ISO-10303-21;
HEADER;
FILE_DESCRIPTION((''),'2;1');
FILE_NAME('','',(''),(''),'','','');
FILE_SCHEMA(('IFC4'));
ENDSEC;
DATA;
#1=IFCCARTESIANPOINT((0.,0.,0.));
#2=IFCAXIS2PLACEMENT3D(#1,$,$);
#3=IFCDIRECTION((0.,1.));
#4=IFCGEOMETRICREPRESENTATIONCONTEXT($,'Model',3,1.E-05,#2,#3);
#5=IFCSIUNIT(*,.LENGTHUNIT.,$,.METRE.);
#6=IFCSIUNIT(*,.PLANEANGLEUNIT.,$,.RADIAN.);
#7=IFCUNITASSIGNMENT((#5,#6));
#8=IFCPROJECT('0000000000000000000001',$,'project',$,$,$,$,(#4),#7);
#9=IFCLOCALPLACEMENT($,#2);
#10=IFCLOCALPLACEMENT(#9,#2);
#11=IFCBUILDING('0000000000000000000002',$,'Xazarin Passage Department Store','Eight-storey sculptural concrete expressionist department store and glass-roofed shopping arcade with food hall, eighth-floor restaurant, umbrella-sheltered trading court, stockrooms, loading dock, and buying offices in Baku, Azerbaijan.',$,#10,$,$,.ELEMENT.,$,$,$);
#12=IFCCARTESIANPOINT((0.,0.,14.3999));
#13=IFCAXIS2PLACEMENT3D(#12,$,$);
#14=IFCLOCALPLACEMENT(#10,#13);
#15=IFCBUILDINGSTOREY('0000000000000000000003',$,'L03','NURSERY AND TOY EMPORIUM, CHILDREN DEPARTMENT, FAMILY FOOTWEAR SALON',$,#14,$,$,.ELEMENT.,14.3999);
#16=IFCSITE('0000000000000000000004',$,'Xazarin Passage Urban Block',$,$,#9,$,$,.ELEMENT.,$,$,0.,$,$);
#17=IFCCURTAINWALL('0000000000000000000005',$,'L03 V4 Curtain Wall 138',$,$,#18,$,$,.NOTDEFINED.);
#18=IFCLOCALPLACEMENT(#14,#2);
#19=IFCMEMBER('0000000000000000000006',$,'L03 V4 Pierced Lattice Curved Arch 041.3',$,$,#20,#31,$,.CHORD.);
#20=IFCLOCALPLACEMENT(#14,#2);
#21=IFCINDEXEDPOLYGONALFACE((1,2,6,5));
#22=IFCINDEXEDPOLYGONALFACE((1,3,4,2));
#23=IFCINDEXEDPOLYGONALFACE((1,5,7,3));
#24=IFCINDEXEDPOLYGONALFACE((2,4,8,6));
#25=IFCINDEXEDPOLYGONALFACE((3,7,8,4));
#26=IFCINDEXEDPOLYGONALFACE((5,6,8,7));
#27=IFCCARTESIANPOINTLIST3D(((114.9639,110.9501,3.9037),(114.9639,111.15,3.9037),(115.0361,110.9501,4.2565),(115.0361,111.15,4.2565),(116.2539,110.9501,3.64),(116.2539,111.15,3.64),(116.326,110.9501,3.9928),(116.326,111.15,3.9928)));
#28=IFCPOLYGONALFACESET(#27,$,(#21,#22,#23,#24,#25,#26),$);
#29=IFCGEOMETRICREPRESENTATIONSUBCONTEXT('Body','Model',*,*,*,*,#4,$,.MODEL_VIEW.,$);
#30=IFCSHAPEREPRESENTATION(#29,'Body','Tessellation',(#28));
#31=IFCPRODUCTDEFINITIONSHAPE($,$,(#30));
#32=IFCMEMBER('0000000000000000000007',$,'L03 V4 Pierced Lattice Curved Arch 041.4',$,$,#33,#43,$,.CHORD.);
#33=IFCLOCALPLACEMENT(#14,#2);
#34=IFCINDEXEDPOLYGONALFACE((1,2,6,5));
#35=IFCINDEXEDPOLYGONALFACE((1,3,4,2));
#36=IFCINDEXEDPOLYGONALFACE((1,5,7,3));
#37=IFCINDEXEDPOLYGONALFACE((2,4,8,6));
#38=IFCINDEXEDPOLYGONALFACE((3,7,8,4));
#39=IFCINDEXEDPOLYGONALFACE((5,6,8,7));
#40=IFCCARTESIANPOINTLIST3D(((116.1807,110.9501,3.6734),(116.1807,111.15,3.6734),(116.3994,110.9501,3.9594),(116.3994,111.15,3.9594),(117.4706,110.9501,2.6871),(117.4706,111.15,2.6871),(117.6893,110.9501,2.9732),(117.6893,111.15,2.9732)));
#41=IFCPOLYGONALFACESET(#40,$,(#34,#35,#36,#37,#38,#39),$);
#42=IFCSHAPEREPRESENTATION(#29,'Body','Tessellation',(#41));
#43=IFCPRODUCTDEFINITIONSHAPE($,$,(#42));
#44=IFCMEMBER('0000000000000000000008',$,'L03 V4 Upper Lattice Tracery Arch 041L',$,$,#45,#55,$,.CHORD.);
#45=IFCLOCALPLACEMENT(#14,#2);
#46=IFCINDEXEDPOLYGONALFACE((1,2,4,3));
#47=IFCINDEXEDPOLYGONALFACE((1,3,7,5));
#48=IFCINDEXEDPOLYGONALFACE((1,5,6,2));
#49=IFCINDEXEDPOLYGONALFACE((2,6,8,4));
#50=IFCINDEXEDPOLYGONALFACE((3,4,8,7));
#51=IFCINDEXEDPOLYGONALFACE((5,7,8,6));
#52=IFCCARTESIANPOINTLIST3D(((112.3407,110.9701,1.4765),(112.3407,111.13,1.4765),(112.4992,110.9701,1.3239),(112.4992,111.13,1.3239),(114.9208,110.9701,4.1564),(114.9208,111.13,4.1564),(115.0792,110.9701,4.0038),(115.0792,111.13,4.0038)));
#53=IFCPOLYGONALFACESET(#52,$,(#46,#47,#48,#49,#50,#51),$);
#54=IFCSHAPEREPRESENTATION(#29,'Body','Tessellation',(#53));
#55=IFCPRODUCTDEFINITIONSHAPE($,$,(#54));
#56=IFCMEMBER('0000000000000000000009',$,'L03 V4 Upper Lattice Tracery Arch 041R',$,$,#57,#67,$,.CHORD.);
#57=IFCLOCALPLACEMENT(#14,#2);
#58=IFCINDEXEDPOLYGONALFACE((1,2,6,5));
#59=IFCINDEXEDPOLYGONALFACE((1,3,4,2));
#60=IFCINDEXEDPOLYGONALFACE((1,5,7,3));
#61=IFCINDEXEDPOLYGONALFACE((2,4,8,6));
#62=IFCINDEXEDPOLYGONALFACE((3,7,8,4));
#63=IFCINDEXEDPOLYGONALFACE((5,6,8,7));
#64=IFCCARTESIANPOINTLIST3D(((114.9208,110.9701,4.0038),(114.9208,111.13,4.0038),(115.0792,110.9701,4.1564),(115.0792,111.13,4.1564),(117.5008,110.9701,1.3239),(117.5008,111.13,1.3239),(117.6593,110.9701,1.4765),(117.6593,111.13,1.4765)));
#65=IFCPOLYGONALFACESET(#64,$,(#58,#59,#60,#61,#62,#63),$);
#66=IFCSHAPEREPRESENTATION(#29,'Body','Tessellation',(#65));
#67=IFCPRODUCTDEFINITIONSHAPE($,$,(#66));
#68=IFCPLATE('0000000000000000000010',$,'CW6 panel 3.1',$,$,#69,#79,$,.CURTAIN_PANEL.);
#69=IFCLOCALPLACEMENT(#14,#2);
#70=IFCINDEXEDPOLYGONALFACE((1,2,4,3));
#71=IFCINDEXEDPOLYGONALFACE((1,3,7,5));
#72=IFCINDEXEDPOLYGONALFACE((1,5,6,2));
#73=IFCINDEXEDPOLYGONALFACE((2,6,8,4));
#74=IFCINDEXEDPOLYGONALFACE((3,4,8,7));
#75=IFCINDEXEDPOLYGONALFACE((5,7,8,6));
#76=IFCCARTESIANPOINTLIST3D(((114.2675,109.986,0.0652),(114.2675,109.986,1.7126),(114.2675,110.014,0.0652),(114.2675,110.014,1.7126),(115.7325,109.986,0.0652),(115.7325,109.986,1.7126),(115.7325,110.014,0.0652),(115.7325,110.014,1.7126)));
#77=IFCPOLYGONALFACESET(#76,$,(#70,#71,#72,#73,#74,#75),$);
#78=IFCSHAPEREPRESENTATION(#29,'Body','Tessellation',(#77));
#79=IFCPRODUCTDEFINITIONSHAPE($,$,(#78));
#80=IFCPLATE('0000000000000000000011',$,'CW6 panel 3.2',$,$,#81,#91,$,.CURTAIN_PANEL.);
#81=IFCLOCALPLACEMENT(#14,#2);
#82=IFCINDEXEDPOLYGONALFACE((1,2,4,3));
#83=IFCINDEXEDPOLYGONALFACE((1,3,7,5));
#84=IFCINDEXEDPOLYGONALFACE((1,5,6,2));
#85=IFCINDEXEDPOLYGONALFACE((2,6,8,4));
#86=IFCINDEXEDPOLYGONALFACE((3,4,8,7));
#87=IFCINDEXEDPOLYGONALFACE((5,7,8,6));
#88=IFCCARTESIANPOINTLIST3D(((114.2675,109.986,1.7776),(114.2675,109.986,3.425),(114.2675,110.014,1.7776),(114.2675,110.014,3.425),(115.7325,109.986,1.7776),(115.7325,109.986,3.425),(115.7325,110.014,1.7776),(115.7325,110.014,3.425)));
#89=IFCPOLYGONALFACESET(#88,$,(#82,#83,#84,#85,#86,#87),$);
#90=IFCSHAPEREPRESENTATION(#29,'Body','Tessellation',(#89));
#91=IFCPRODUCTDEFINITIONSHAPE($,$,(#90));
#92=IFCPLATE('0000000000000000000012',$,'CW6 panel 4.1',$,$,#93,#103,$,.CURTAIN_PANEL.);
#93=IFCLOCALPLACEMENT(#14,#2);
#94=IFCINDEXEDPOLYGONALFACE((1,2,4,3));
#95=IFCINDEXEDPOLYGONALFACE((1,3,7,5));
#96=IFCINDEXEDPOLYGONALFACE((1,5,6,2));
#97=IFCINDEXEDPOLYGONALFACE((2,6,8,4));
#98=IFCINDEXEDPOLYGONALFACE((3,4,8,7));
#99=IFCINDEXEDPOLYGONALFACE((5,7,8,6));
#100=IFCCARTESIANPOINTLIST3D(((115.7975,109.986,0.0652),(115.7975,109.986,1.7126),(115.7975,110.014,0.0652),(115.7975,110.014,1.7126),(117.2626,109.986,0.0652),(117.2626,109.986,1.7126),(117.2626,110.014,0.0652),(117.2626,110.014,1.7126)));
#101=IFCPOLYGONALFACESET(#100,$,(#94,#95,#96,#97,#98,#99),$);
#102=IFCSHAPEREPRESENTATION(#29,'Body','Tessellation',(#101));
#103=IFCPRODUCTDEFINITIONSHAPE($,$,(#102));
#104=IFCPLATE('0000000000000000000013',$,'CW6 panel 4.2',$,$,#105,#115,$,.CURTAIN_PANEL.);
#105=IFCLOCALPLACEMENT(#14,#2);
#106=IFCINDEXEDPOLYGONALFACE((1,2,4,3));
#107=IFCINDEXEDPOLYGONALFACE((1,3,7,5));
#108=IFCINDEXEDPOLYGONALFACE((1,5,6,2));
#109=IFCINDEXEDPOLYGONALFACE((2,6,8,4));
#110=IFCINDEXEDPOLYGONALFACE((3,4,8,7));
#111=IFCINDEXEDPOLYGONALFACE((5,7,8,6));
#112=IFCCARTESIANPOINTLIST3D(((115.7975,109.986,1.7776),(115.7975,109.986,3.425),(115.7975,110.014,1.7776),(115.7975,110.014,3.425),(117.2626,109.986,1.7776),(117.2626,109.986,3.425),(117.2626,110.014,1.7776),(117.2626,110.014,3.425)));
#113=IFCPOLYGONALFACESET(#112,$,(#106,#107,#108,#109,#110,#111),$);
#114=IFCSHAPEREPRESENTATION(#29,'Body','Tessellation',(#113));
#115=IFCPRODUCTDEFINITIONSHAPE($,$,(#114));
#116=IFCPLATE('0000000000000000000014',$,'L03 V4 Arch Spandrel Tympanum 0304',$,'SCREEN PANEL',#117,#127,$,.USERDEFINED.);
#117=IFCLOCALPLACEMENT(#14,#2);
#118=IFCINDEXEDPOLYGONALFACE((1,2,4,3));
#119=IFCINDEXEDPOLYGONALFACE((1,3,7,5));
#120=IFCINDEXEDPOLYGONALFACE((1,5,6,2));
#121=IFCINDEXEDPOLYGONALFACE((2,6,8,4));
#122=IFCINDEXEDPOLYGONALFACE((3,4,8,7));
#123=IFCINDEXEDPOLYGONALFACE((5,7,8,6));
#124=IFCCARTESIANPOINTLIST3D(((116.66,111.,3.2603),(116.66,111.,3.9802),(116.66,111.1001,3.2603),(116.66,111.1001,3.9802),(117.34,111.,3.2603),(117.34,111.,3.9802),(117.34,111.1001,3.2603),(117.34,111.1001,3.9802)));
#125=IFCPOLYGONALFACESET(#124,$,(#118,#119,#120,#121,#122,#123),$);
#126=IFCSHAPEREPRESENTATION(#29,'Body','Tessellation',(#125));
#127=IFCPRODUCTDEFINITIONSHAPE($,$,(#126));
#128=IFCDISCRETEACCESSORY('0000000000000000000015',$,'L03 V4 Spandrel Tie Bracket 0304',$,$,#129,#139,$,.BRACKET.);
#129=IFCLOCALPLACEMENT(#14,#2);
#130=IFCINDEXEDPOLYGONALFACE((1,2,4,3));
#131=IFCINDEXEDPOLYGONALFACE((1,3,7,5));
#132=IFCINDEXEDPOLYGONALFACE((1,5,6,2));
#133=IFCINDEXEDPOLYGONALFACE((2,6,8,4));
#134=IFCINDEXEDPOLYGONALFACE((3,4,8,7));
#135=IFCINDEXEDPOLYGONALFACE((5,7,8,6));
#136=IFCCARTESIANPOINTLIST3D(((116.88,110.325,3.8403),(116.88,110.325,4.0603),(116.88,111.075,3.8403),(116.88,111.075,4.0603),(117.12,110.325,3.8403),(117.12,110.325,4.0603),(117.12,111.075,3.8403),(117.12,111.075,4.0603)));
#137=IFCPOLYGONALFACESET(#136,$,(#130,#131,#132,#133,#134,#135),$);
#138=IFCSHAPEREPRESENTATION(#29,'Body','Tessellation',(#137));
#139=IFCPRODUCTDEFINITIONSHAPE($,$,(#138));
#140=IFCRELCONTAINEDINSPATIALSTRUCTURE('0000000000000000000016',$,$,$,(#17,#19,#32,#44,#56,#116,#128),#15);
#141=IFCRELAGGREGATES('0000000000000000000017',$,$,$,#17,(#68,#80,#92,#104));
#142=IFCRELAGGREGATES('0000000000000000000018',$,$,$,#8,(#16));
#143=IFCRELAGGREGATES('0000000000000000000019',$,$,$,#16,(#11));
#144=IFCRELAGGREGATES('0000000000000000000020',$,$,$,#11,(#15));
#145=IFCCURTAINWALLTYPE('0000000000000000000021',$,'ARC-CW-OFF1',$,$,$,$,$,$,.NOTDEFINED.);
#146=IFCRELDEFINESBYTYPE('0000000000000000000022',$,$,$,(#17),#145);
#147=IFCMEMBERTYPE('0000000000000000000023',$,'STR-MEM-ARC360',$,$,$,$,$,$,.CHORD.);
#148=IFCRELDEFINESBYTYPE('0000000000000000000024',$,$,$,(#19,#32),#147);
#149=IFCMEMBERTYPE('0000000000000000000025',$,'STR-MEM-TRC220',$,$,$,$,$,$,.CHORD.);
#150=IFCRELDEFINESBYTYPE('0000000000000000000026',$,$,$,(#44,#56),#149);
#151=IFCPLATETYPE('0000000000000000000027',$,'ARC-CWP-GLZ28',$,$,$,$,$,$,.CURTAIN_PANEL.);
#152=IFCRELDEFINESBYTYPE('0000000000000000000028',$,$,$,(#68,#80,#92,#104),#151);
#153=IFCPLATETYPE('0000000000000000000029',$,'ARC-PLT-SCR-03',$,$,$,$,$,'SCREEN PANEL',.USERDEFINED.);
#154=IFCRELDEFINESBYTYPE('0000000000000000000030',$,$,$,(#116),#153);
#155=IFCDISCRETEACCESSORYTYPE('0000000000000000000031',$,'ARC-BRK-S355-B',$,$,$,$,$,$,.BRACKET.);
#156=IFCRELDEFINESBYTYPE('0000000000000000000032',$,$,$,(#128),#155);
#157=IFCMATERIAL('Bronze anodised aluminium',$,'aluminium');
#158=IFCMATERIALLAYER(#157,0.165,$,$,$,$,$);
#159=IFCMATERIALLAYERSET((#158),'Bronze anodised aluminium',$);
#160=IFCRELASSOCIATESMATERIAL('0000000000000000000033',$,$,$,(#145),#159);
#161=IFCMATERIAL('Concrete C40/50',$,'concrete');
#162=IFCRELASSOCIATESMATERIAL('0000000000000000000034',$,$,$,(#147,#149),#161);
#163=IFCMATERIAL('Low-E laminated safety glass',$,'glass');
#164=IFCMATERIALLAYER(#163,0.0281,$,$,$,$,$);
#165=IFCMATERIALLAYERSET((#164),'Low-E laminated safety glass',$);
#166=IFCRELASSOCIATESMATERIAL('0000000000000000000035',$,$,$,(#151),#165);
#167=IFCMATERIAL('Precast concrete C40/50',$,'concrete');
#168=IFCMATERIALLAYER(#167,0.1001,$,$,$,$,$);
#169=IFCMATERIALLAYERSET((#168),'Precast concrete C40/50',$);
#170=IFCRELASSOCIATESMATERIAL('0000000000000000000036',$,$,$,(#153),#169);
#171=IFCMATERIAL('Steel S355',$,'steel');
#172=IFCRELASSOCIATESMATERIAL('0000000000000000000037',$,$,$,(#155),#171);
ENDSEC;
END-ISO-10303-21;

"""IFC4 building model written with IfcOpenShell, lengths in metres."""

from ifc_helpers import new_model, si_unit, direction, frame, origin, origin_2d, place, context, subcontext, project, spatial, rectangle, extrude, material, layer, layer_set, material_profile, profile_set, type_object, element, aggregate, save


model = new_model("IFC4")

# Units and contexts
model_context = context("Model", 3, precision=1e-05, world=origin(), true_north=direction((0.0, 1.0)))
body_context = subcontext(model_context, "Body", "Model", "MODEL_VIEW")
ifc_project = project(units=[si_unit("LENGTHUNIT", "METRE"), si_unit("PLANEANGLEUNIT", "RADIAN")], contexts=[model_context])

# Site, building, storey
site_placement = place(None, origin())
site = spatial("IfcSite", under=ifc_project, at=site_placement, Name="Xazarin Passage Urban Block", CompositionType="ELEMENT", RefElevation=0.0)
building_placement = place(site_placement, origin())
building = spatial("IfcBuilding", under=site, at=building_placement, Name="Xazarin Passage Department Store", Description="Eight-storey sculptural concrete expressionist department store and glass-roofed shopping arcade with food hall, eighth-floor restaurant, umbrella-sheltered trading court, stockrooms, loading dock, and buying offices in Baku, Azerbaijan.", CompositionType="ELEMENT")
storey_placement = place(building_placement, frame((0.0, 0.0, 14.3999)))
storey = spatial("IfcBuildingStorey", under=building, at=storey_placement, Name="L03", Description="NURSERY AND TOY EMPORIUM, CHILDREN DEPARTMENT, FAMILY FOOTWEAR SALON", CompositionType="ELEMENT", Elevation=14.3999)

# Curtain wall
ifc_material_1 = material(Name="Bronze anodised aluminium", Category="aluminium")
ifc_layer_1 = layer(ifc_material_1, 0.165)
ifc_layer_set_1 = layer_set([ifc_layer_1], Name="Bronze anodised aluminium")
curtain_wall_type = type_object("IfcCurtainWallType", Name="ARC-CW-OFF1", PredefinedType="NOTDEFINED", material=ifc_layer_set_1)
curtain_wall_placement = place(storey_placement, origin())
curtain_wall = element("IfcCurtainWall", 1, at=curtain_wall_placement, inside=storey, type_object=curtain_wall_type, Name="L03 V4 Curtain Wall 138", PredefinedType="NOTDEFINED")

# Members
ifc_material_2 = material(Name="Concrete C40/50", Category="concrete")
ifc_material_profile_1 = material_profile(ifc_material_2, rectangle(XDim=0.2, YDim=0.3601, at=origin_2d()), Name="RC 200x360")
ifc_profile_set_1 = profile_set([ifc_material_profile_1], Name="Concrete C40/50")
member_type_1 = type_object("IfcMemberType", Name="STR-MEM-ARC360", PredefinedType="CHORD", material=ifc_profile_set_1)
for number, where, z_axis, x_axis, name in (
    (2, (115.0, 111.05, 4.0801), (0.979745, 0.0, -0.200251), (0.0, 1.0, 0.0), "L03 V4 Pierced Lattice Curved Arch 041.3"),
):
    element("IfcMember", number, at=place(storey_placement, frame(where, z_axis=z_axis, x_axis=x_axis)), inside=storey, type_object=member_type_1, Name=name, PredefinedType="CHORD", context=body_context, shape_type="SweptSolid", body=[
        extrude(rectangle(XDim=0.2, YDim=0.3601, at=origin_2d()), origin(), (0.0, 0.0, 1.0), 1.3167),
    ])
member_1_placement = place(storey_placement, frame((116.29, 111.05, 3.8164), z_axis=(0.794409, 0.0, -0.607383), x_axis=(0.0, 1.0, 0.0)))
element("IfcMember", 3, at=member_1_placement, inside=storey, type_object=member_type_1, Name="L03 V4 Pierced Lattice Curved Arch 041.4", PredefinedType="CHORD", context=body_context, shape_type="SweptSolid", body=[
    extrude(rectangle(XDim=0.2, YDim=0.3601, at=origin_2d()), origin(), (0.0, 0.0, 1.0), 1.6238),
])
ifc_material_profile_2 = material_profile(ifc_material_2, rectangle(XDim=0.1599, YDim=0.22, at=origin_2d()), Name="RC 160x220")
ifc_profile_set_2 = profile_set([ifc_material_profile_2], Name="Concrete C40/50")
member_type_2 = type_object("IfcMemberType", Name="STR-MEM-TRC220", PredefinedType="CHORD", material=ifc_profile_set_2)
for number, where, z_axis, x_axis, name in (
    (4, (115.0, 111.05, 4.0801), (-0.693558, 0.0, -0.7204), (0.0, -1.0, 0.0), "L03 V4 Upper Lattice Tracery Arch 041L"),
    (5, (115.0, 111.05, 4.0801), (0.693558, 0.0, -0.7204), (0.0, 1.0, 0.0), "L03 V4 Upper Lattice Tracery Arch 041R"),
):
    element("IfcMember", number, at=place(storey_placement, frame(where, z_axis=z_axis, x_axis=x_axis)), inside=storey, type_object=member_type_2, Name=name, PredefinedType="CHORD", context=body_context, shape_type="SweptSolid", body=[
        extrude(rectangle(XDim=0.1599, YDim=0.22, at=origin_2d()), origin(), (0.0, 0.0, 1.0), 3.72),
    ])

# Plates
ifc_material_3 = material(Name="Low-E laminated safety glass", Category="glass")
ifc_layer_2 = layer(ifc_material_3, 0.0281)
ifc_layer_set_2 = layer_set([ifc_layer_2], Name="Low-E laminated safety glass")
plate_type_1 = type_object("IfcPlateType", Name="ARC-CWP-GLZ28", PredefinedType="CURTAIN_PANEL", material=ifc_layer_set_2)
plate_1_placement = place(storey_placement, frame((115.0, 110.0, 0.0652), z_axis=(0.0, 0.0, 1.0), x_axis=(1.0, 0.0, 0.0)))
plate_1 = element("IfcPlate", 6, at=plate_1_placement, type_object=plate_type_1, Name="CW6 panel 3.1", PredefinedType="CURTAIN_PANEL", context=body_context, shape_type="SweptSolid", body=[
    extrude(rectangle(XDim=1.4651, YDim=0.0281, at=origin_2d()), origin(), (0.0, 0.0, 1.0), 1.6475),
])
plate_2_placement = place(storey_placement, frame((115.0, 110.0, 1.7776), z_axis=(0.0, 0.0, 1.0), x_axis=(1.0, 0.0, 0.0)))
plate_2 = element("IfcPlate", 7, at=plate_2_placement, type_object=plate_type_1, Name="CW6 panel 3.2", PredefinedType="CURTAIN_PANEL", context=body_context, shape_type="SweptSolid", body=[
    extrude(rectangle(XDim=1.4651, YDim=0.0281, at=origin_2d()), origin(), (0.0, 0.0, 1.0), 1.6475),
])
plate_3_placement = place(storey_placement, frame((116.53, 110.0, 0.0652), z_axis=(0.0, 0.0, 1.0), x_axis=(1.0, 0.0, 0.0)))
plate_3 = element("IfcPlate", 8, at=plate_3_placement, type_object=plate_type_1, Name="CW6 panel 4.1", PredefinedType="CURTAIN_PANEL", context=body_context, shape_type="SweptSolid", body=[
    extrude(rectangle(XDim=1.4651, YDim=0.0281, at=origin_2d()), origin(), (0.0, 0.0, 1.0), 1.6475),
])
plate_4_placement = place(storey_placement, frame((116.53, 110.0, 1.7776), z_axis=(0.0, 0.0, 1.0), x_axis=(1.0, 0.0, 0.0)))
plate_4 = element("IfcPlate", 9, at=plate_4_placement, type_object=plate_type_1, Name="CW6 panel 4.2", PredefinedType="CURTAIN_PANEL", context=body_context, shape_type="SweptSolid", body=[
    extrude(rectangle(XDim=1.4651, YDim=0.0281, at=origin_2d()), origin(), (0.0, 0.0, 1.0), 1.6475),
])
aggregate(curtain_wall, [plate_1, plate_2, plate_3, plate_4])
ifc_material_4 = material(Name="Precast concrete C40/50", Category="concrete")
ifc_layer_3 = layer(ifc_material_4, 0.1001)
ifc_layer_set_3 = layer_set([ifc_layer_3], Name="Precast concrete C40/50")
plate_type_2 = type_object("IfcPlateType", Name="ARC-PLT-SCR-03", ElementType="SCREEN PANEL", PredefinedType="USERDEFINED", material=ifc_layer_set_3)
plate_5_placement = place(storey_placement, frame((117.0, 111.05, 3.2603), z_axis=(0.0, 0.0, 1.0), x_axis=(1.0, 0.0, 0.0)))
element("IfcPlate", 10, at=plate_5_placement, inside=storey, type_object=plate_type_2, Name="L03 V4 Arch Spandrel Tympanum 0304", ObjectType="SCREEN PANEL", PredefinedType="USERDEFINED", context=body_context, shape_type="SweptSolid", body=[
    extrude(rectangle(XDim=0.6799, YDim=0.1001, at=origin_2d()), origin(), (0.0, 0.0, 1.0), 0.72),
])

# Discrete accessory
ifc_material_5 = material(Name="Steel S355", Category="steel")
discrete_accessory_type = type_object("IfcDiscreteAccessoryType", Name="ARC-BRK-S355-B", PredefinedType="BRACKET", material=ifc_material_5)
discrete_accessory_placement = place(storey_placement, frame((117.0, 110.7, 3.8403), z_axis=(0.0, 0.0, 1.0), x_axis=(1.0, 0.0, 0.0)))
element("IfcDiscreteAccessory", 11, at=discrete_accessory_placement, inside=storey, type_object=discrete_accessory_type, Name="L03 V4 Spandrel Tie Bracket 0304", PredefinedType="BRACKET", context=body_context, shape_type="SweptSolid", body=[
    extrude(rectangle(XDim=0.24, YDim=0.75, at=origin_2d()), origin(), (0.0, 0.0, 1.0), 0.22),
])

save(model, "model.ifc")
